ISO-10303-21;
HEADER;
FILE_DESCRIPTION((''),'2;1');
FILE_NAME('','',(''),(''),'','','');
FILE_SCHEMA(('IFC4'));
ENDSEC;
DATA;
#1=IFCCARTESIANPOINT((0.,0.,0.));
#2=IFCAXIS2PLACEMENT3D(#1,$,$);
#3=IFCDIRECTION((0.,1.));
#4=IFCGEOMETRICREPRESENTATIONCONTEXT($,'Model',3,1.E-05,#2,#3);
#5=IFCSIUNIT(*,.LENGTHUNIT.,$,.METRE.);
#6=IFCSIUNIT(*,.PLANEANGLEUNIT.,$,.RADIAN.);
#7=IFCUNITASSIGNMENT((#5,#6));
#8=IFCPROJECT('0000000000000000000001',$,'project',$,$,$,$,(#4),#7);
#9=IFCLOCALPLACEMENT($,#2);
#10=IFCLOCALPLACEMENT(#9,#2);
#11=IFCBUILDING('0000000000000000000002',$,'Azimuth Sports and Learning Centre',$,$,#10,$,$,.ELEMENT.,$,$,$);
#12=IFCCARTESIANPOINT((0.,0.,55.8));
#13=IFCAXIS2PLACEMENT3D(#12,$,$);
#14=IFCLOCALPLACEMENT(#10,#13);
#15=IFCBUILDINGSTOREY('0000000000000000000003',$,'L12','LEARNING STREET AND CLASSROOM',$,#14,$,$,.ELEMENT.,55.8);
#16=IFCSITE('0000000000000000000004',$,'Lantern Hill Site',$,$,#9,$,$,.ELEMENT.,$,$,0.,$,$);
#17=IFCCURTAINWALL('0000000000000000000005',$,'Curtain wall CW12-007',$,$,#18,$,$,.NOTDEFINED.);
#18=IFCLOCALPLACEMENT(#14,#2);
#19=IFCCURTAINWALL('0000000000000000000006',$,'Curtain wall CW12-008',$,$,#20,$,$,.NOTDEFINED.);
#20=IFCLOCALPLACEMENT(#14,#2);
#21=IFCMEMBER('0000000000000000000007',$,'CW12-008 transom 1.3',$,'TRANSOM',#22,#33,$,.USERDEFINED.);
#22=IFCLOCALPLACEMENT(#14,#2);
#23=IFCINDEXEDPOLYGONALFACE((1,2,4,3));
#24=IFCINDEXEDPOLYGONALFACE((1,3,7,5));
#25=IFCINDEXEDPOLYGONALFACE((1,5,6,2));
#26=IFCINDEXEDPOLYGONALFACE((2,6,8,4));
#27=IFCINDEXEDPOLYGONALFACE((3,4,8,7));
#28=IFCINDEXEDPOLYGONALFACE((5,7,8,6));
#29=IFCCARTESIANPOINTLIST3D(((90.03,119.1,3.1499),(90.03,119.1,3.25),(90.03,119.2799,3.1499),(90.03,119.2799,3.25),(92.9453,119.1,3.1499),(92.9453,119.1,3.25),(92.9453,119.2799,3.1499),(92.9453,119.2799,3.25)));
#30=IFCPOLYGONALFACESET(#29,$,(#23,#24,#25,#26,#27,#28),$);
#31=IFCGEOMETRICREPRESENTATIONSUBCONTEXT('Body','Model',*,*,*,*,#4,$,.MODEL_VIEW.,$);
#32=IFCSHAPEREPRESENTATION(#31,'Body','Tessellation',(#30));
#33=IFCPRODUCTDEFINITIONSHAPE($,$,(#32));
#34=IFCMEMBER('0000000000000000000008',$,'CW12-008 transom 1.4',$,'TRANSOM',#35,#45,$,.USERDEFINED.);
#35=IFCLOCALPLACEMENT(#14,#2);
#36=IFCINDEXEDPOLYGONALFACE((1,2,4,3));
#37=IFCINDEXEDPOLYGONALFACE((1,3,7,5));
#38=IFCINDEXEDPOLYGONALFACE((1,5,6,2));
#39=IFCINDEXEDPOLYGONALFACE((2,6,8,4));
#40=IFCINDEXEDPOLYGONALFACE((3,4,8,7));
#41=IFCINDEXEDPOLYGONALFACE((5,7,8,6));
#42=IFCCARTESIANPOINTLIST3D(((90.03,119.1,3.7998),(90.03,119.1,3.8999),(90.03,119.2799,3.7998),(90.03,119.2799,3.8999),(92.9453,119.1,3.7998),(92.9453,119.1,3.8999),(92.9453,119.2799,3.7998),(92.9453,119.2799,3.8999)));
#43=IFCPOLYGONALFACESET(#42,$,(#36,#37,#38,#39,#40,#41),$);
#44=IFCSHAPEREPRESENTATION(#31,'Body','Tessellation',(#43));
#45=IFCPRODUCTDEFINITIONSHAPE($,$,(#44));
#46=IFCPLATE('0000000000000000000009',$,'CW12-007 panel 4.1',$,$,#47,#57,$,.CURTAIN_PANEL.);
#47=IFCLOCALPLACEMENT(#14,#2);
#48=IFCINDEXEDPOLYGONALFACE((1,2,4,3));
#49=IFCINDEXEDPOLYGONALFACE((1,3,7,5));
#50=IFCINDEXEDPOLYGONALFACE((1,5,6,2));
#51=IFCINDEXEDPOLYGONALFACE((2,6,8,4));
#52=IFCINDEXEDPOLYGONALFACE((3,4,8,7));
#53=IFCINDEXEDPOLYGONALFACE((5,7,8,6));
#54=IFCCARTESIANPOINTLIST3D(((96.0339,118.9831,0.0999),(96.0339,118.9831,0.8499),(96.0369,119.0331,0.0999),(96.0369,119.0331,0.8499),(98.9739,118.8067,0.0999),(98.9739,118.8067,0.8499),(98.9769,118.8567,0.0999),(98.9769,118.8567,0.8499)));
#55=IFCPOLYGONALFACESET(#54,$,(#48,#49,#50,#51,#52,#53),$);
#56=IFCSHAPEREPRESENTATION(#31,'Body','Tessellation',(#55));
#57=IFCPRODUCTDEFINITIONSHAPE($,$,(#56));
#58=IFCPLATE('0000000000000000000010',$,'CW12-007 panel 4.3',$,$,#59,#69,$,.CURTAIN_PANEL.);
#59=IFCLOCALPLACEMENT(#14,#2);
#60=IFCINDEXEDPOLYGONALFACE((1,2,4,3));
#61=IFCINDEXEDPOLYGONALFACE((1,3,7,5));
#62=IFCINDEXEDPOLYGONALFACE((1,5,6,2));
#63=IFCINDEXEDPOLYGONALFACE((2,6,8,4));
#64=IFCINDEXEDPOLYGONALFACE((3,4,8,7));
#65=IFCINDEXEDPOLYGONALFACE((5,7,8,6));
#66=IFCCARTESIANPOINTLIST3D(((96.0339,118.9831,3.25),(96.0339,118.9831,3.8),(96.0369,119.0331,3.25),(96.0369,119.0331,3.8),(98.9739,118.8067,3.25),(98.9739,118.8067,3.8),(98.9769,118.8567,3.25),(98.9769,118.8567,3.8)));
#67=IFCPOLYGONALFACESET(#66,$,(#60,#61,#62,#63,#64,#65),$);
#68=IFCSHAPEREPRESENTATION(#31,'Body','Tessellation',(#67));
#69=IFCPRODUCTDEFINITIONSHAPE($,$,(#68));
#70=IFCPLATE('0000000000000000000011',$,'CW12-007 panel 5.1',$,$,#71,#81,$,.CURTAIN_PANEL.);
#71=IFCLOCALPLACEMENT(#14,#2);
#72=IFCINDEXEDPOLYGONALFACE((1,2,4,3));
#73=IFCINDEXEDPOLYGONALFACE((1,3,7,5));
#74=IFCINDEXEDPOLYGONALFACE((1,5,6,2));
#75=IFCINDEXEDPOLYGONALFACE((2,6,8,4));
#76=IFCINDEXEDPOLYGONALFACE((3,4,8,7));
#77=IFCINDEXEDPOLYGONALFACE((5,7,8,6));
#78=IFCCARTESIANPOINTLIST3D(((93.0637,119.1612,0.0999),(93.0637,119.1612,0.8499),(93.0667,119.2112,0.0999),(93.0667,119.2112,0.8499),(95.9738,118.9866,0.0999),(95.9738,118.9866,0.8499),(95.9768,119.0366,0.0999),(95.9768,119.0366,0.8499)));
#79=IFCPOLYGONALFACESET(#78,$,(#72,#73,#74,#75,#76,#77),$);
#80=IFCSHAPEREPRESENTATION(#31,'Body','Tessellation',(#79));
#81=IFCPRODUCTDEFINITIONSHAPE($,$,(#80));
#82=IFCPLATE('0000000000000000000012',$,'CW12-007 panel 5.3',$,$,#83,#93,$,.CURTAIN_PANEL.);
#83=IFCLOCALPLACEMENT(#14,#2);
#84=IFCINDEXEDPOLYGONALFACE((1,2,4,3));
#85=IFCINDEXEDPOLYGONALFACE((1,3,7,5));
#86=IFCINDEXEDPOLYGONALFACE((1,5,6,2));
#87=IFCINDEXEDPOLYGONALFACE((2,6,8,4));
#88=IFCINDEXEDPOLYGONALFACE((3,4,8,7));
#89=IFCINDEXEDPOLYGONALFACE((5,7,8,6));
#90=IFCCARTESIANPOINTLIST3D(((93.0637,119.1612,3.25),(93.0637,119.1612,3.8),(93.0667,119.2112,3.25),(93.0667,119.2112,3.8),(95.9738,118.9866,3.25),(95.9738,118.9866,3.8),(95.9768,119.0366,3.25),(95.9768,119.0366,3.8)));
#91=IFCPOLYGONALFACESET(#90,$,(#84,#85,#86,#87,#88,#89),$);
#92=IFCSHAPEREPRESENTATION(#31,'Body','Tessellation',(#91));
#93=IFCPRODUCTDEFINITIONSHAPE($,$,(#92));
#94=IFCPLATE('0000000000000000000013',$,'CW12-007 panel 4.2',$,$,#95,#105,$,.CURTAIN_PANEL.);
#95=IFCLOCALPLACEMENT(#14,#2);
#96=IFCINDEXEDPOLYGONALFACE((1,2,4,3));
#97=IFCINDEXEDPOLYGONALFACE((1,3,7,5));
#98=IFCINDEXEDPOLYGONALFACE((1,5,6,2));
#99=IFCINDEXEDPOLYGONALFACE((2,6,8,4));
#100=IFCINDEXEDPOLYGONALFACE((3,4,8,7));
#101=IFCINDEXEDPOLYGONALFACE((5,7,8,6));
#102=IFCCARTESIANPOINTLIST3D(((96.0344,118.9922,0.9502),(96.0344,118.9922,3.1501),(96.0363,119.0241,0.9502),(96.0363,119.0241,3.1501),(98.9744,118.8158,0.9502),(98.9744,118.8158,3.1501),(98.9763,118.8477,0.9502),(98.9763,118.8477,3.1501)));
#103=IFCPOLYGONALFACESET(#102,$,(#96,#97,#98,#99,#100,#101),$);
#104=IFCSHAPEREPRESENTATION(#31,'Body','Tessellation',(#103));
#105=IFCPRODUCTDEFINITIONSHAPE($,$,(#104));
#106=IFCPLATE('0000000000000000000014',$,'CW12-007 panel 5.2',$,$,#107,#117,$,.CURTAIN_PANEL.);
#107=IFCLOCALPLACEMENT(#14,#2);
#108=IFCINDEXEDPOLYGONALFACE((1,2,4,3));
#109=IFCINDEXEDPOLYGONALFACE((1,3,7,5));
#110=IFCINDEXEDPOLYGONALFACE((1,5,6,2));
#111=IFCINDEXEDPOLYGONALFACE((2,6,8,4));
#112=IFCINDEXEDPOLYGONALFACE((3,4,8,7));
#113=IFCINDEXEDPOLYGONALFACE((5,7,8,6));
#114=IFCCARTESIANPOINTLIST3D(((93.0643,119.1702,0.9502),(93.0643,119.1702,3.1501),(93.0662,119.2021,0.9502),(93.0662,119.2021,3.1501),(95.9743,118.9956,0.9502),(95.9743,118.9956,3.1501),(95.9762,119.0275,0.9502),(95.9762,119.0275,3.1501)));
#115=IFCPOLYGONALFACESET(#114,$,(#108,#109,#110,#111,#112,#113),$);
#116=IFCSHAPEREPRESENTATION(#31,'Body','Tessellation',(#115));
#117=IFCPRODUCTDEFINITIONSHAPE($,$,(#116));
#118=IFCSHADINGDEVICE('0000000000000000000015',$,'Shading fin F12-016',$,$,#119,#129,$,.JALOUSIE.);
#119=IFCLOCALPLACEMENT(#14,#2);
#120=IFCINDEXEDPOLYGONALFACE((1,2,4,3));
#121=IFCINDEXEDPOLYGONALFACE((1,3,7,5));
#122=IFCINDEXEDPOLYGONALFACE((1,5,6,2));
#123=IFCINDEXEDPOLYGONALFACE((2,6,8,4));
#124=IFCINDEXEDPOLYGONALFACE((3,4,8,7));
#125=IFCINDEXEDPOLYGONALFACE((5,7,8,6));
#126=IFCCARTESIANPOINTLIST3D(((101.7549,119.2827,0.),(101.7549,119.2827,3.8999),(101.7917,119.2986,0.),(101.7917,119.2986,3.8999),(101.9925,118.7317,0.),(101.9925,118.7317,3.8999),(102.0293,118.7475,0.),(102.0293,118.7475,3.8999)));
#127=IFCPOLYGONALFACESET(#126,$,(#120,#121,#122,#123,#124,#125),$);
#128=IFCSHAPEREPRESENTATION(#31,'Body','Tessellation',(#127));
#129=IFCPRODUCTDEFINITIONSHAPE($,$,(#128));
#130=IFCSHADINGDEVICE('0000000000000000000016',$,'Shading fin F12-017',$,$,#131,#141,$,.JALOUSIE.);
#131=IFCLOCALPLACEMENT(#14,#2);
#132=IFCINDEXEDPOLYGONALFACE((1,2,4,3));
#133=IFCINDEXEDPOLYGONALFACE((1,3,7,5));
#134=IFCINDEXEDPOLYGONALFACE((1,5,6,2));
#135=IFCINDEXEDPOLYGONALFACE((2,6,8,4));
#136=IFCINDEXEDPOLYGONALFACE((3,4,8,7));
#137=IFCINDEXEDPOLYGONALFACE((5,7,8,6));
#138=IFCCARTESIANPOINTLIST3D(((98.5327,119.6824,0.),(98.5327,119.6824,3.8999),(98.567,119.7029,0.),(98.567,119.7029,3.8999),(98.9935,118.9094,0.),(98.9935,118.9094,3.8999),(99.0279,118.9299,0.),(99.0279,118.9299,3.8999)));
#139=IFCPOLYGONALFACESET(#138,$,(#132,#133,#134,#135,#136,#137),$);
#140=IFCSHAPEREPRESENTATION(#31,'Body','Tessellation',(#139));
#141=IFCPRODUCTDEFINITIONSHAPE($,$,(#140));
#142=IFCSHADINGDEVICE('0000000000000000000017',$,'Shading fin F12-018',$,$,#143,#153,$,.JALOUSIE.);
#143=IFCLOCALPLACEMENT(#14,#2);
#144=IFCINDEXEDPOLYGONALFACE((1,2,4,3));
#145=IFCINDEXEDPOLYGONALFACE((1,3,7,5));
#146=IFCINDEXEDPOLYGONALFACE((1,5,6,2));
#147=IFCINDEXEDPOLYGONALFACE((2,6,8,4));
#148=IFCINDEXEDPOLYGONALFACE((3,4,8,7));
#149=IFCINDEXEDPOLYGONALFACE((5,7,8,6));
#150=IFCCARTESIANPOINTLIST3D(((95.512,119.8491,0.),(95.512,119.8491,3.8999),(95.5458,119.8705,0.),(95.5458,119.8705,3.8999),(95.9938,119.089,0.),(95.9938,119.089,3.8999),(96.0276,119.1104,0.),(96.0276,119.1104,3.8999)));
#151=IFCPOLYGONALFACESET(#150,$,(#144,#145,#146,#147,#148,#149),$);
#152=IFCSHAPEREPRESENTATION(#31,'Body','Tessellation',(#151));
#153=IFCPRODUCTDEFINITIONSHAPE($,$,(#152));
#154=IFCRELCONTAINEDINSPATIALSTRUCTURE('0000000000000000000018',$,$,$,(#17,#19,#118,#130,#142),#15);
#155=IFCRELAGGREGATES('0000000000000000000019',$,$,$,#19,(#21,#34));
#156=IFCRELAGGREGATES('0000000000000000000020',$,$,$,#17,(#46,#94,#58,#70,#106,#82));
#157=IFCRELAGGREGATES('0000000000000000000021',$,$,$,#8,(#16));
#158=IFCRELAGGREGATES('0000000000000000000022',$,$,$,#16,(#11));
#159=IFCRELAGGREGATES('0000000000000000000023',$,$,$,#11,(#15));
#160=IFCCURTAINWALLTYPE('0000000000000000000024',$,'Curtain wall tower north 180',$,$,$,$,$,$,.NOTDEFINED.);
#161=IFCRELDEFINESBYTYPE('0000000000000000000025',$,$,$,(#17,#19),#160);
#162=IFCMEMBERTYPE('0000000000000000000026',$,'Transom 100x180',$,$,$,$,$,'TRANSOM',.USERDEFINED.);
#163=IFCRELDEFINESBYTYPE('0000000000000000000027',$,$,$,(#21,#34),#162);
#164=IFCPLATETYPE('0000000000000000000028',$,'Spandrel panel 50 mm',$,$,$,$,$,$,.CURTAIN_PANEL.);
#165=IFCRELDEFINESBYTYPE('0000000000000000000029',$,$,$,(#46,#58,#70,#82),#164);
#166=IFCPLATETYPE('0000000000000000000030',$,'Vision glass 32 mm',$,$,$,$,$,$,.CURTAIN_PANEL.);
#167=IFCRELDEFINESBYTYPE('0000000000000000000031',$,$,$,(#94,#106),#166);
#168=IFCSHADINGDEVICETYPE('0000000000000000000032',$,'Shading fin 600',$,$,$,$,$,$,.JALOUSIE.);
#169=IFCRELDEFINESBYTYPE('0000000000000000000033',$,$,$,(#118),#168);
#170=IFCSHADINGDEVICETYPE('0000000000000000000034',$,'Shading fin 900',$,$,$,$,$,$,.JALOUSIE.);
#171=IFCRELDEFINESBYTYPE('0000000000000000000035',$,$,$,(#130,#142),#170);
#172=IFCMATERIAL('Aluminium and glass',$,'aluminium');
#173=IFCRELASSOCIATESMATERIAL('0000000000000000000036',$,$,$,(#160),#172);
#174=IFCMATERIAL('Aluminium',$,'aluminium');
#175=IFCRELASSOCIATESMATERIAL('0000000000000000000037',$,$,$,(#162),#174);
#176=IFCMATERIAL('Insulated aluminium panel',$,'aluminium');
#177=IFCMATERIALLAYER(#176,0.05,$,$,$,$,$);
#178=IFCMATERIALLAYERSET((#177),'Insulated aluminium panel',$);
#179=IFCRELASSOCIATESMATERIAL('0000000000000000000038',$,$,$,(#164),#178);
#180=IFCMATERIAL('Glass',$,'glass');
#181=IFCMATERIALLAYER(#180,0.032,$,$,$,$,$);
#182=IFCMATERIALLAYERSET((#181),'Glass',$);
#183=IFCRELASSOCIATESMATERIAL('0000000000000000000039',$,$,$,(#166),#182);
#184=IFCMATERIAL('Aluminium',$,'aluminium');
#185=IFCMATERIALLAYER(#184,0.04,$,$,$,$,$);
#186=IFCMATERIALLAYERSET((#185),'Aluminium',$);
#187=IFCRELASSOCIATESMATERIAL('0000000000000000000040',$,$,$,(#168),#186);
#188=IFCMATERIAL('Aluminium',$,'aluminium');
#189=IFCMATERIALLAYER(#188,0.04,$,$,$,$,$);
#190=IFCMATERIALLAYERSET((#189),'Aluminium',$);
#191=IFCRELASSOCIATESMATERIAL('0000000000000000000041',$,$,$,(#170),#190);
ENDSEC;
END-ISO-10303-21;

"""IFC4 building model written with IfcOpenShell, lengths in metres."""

from ifc_helpers import new_model, si_unit, direction, frame, origin, origin_2d, place, context, subcontext, project, spatial, rectangle, extrude, material, layer, layer_set, material_profile, profile_set, type_object, element, aggregate, save


model = new_model("IFC4")

# Units and contexts
model_context = context("Model", 3, precision=1e-05, world=origin(), true_north=direction((0.0, 1.0)))
body_context = subcontext(model_context, "Body", "Model", "MODEL_VIEW")
ifc_project = project(units=[si_unit("LENGTHUNIT", "METRE"), si_unit("PLANEANGLEUNIT", "RADIAN")], contexts=[model_context])

# Site, building, storey
site_placement = place(None, origin())
site = spatial("IfcSite", under=ifc_project, at=site_placement, Name="Lantern Hill Site", CompositionType="ELEMENT", RefElevation=0.0)
building_placement = place(site_placement, origin())
building = spatial("IfcBuilding", under=site, at=building_placement, Name="Azimuth Sports and Learning Centre", CompositionType="ELEMENT")
storey_placement = place(building_placement, frame((0.0, 0.0, 55.8)))
storey = spatial("IfcBuildingStorey", under=building, at=storey_placement, Name="L12", Description="LEARNING STREET AND CLASSROOM", CompositionType="ELEMENT", Elevation=55.8)

# Curtain wall
ifc_material_1 = material(Name="Aluminium and glass", Category="aluminium")
curtain_wall_type = type_object("IfcCurtainWallType", Name="Curtain wall tower north 180", PredefinedType="NOTDEFINED", material=ifc_material_1)
curtain_wall_1_placement = place(storey_placement, origin())
curtain_wall_1 = element("IfcCurtainWall", 1, at=curtain_wall_1_placement, inside=storey, type_object=curtain_wall_type, Name="Curtain wall CW12-007", PredefinedType="NOTDEFINED")

# Curtain wall
curtain_wall_2_placement = place(storey_placement, origin())
curtain_wall_2 = element("IfcCurtainWall", 2, at=curtain_wall_2_placement, inside=storey, type_object=curtain_wall_type, Name="Curtain wall CW12-008", PredefinedType="NOTDEFINED")

# Members
ifc_material_2 = material(Name="Aluminium", Category="aluminium")
ifc_material_profile_1 = material_profile(ifc_material_2, rectangle(XDim=0.1799, YDim=0.1001, at=origin_2d()), Name="Transom 100x180")
ifc_profile_set_1 = profile_set([ifc_material_profile_1], Name="Aluminium")
member_type_1 = type_object("IfcMemberType", Name="Transom 100x180", ElementType="TRANSOM", PredefinedType="USERDEFINED", material=ifc_profile_set_1)
member_1_placement = place(storey_placement, frame((92.9453, 119.1899, 3.2), z_axis=(-1.0, 0.0, 0.0), x_axis=(0.0, -1.0, 0.0)))
member_1 = element("IfcMember", 3, at=member_1_placement, type_object=member_type_1, Name="CW12-008 transom 1.3", ObjectType="TRANSOM", PredefinedType="USERDEFINED", context=body_context, shape_type="SweptSolid", body=[
    extrude(rectangle(XDim=0.1799, YDim=0.1001, at=origin_2d()), origin(), (0.0, 0.0, 1.0), 2.9153),
])
member_2_placement = place(storey_placement, frame((92.9453, 119.1899, 3.8499), z_axis=(-1.0, 0.0, 0.0), x_axis=(0.0, -1.0, 0.0)))
member_2 = element("IfcMember", 4, at=member_2_placement, type_object=member_type_1, Name="CW12-008 transom 1.4", ObjectType="TRANSOM", PredefinedType="USERDEFINED", context=body_context, shape_type="SweptSolid", body=[
    extrude(rectangle(XDim=0.1799, YDim=0.1001, at=origin_2d()), origin(), (0.0, 0.0, 1.0), 2.9153),
])
aggregate(curtain_wall_2, [member_1, member_2])

# Plates
ifc_material_3 = material(Name="Insulated aluminium panel", Category="aluminium")
ifc_layer_1 = layer(ifc_material_3, 0.05)
ifc_layer_set_1 = layer_set([ifc_layer_1], Name="Insulated aluminium panel")
plate_type_1 = type_object("IfcPlateType", Name="Spandrel panel 50 mm", PredefinedType="CURTAIN_PANEL", material=ifc_layer_set_1)
plate_1_placement = place(storey_placement, frame((97.5054, 118.9199, 0.0999), z_axis=(0.0, 0.0, 1.0), x_axis=(-0.998205, 0.059892, 0.0)))
plate_1 = element("IfcPlate", 5, at=plate_1_placement, type_object=plate_type_1, Name="CW12-007 panel 4.1", PredefinedType="CURTAIN_PANEL", context=body_context, shape_type="SweptSolid", body=[
    extrude(rectangle(XDim=2.9453, YDim=0.05, at=origin_2d()), origin(), (0.0, 0.0, 1.0), 0.75),
])
plate_2_placement = place(storey_placement, frame((97.5054, 118.9199, 3.25), z_axis=(0.0, 0.0, 1.0), x_axis=(-0.998205, 0.059892, 0.0)))
plate_2 = element("IfcPlate", 6, at=plate_2_placement, type_object=plate_type_1, Name="CW12-007 panel 4.3", PredefinedType="CURTAIN_PANEL", context=body_context, shape_type="SweptSolid", body=[
    extrude(rectangle(XDim=2.9453, YDim=0.05, at=origin_2d()), origin(), (0.0, 0.0, 1.0), 0.55),
])
plate_3_placement = place(storey_placement, frame((94.5203, 119.0989, 0.0999), z_axis=(0.0, 0.0, 1.0), x_axis=(-0.998205, 0.059892, 0.0)))
plate_3 = element("IfcPlate", 7, at=plate_3_placement, type_object=plate_type_1, Name="CW12-007 panel 5.1", PredefinedType="CURTAIN_PANEL", context=body_context, shape_type="SweptSolid", body=[
    extrude(rectangle(XDim=2.9153, YDim=0.05, at=origin_2d()), origin(), (0.0, 0.0, 1.0), 0.75),
])
plate_4_placement = place(storey_placement, frame((94.5203, 119.0989, 3.25), z_axis=(0.0, 0.0, 1.0), x_axis=(-0.998205, 0.059892, 0.0)))
plate_4 = element("IfcPlate", 8, at=plate_4_placement, type_object=plate_type_1, Name="CW12-007 panel 5.3", PredefinedType="CURTAIN_PANEL", context=body_context, shape_type="SweptSolid", body=[
    extrude(rectangle(XDim=2.9153, YDim=0.05, at=origin_2d()), origin(), (0.0, 0.0, 1.0), 0.55),
])
ifc_material_4 = material(Name="Glass", Category="glass")
ifc_layer_2 = layer(ifc_material_4, 0.032)
ifc_layer_set_2 = layer_set([ifc_layer_2], Name="Glass")
plate_type_2 = type_object("IfcPlateType", Name="Vision glass 32 mm", PredefinedType="CURTAIN_PANEL", material=ifc_layer_set_2)
plate_5_placement = place(storey_placement, frame((97.5054, 118.9199, 0.9502), z_axis=(0.0, 0.0, 1.0), x_axis=(-0.998205, 0.059892, 0.0)))
plate_5 = element("IfcPlate", 9, at=plate_5_placement, type_object=plate_type_2, Name="CW12-007 panel 4.2", PredefinedType="CURTAIN_PANEL", context=body_context, shape_type="SweptSolid", body=[
    extrude(rectangle(XDim=2.9453, YDim=0.032, at=origin_2d()), origin(), (0.0, 0.0, 1.0), 2.2),
])
plate_6_placement = place(storey_placement, frame((94.5203, 119.0989, 0.9502), z_axis=(0.0, 0.0, 1.0), x_axis=(-0.998205, 0.059892, 0.0)))
plate_6 = element("IfcPlate", 10, at=plate_6_placement, type_object=plate_type_2, Name="CW12-007 panel 5.2", PredefinedType="CURTAIN_PANEL", context=body_context, shape_type="SweptSolid", body=[
    extrude(rectangle(XDim=2.9153, YDim=0.032, at=origin_2d()), origin(), (0.0, 0.0, 1.0), 2.2),
])
aggregate(curtain_wall_1, [plate_1, plate_5, plate_2, plate_3, plate_6, plate_4])

# Shading devices
ifc_material_5 = material(Name="Aluminium", Category="aluminium")
ifc_layer_3 = layer(ifc_material_5, 0.04)
ifc_layer_set_3 = layer_set([ifc_layer_3], Name="Aluminium")
shading_device_type_1 = type_object("IfcShadingDeviceType", Name="Shading fin 600", PredefinedType="JALOUSIE", material=ifc_layer_set_3)
shading_device_placement = place(storey_placement, frame((101.8921, 119.0151, 0.0), z_axis=(0.0, 0.0, 1.0), x_axis=(-0.39586, 0.918311, 0.0)))
element("IfcShadingDevice", 11, at=shading_device_placement, inside=storey, type_object=shading_device_type_1, Name="Shading fin F12-016", PredefinedType="JALOUSIE", context=body_context, shape_type="SweptSolid", body=[
    extrude(rectangle(XDim=0.6001, YDim=0.04, at=origin_2d()), origin(), (0.0, 0.0, 1.0), 3.8999),
])
ifc_material_6 = material(Name="Aluminium", Category="aluminium")
ifc_layer_4 = layer(ifc_material_6, 0.04)
ifc_layer_set_4 = layer_set([ifc_layer_4], Name="Aluminium")
shading_device_type_2 = type_object("IfcShadingDeviceType", Name="Shading fin 900", PredefinedType="JALOUSIE", material=ifc_layer_set_4)
for number, where, z_axis, x_axis, name in (
    (12, (98.7803, 119.3062, 0.0), (0.0, 0.0, 1.0), (-0.512109, 0.85892, 0.0), "Shading fin F12-017"),
    (13, (95.7698, 119.4797, 0.0), (0.0, 0.0, 1.0), (-0.535372, 0.844616, 0.0), "Shading fin F12-018"),
):
    element("IfcShadingDevice", number, at=place(storey_placement, frame(where, z_axis=z_axis, x_axis=x_axis)), inside=storey, type_object=shading_device_type_2, Name=name, PredefinedType="JALOUSIE", context=body_context, shape_type="SweptSolid", body=[
        extrude(rectangle(XDim=0.8999, YDim=0.04, at=origin_2d()), origin(), (0.0, 0.0, 1.0), 3.8999),
    ])

save(model, "model.ifc")
